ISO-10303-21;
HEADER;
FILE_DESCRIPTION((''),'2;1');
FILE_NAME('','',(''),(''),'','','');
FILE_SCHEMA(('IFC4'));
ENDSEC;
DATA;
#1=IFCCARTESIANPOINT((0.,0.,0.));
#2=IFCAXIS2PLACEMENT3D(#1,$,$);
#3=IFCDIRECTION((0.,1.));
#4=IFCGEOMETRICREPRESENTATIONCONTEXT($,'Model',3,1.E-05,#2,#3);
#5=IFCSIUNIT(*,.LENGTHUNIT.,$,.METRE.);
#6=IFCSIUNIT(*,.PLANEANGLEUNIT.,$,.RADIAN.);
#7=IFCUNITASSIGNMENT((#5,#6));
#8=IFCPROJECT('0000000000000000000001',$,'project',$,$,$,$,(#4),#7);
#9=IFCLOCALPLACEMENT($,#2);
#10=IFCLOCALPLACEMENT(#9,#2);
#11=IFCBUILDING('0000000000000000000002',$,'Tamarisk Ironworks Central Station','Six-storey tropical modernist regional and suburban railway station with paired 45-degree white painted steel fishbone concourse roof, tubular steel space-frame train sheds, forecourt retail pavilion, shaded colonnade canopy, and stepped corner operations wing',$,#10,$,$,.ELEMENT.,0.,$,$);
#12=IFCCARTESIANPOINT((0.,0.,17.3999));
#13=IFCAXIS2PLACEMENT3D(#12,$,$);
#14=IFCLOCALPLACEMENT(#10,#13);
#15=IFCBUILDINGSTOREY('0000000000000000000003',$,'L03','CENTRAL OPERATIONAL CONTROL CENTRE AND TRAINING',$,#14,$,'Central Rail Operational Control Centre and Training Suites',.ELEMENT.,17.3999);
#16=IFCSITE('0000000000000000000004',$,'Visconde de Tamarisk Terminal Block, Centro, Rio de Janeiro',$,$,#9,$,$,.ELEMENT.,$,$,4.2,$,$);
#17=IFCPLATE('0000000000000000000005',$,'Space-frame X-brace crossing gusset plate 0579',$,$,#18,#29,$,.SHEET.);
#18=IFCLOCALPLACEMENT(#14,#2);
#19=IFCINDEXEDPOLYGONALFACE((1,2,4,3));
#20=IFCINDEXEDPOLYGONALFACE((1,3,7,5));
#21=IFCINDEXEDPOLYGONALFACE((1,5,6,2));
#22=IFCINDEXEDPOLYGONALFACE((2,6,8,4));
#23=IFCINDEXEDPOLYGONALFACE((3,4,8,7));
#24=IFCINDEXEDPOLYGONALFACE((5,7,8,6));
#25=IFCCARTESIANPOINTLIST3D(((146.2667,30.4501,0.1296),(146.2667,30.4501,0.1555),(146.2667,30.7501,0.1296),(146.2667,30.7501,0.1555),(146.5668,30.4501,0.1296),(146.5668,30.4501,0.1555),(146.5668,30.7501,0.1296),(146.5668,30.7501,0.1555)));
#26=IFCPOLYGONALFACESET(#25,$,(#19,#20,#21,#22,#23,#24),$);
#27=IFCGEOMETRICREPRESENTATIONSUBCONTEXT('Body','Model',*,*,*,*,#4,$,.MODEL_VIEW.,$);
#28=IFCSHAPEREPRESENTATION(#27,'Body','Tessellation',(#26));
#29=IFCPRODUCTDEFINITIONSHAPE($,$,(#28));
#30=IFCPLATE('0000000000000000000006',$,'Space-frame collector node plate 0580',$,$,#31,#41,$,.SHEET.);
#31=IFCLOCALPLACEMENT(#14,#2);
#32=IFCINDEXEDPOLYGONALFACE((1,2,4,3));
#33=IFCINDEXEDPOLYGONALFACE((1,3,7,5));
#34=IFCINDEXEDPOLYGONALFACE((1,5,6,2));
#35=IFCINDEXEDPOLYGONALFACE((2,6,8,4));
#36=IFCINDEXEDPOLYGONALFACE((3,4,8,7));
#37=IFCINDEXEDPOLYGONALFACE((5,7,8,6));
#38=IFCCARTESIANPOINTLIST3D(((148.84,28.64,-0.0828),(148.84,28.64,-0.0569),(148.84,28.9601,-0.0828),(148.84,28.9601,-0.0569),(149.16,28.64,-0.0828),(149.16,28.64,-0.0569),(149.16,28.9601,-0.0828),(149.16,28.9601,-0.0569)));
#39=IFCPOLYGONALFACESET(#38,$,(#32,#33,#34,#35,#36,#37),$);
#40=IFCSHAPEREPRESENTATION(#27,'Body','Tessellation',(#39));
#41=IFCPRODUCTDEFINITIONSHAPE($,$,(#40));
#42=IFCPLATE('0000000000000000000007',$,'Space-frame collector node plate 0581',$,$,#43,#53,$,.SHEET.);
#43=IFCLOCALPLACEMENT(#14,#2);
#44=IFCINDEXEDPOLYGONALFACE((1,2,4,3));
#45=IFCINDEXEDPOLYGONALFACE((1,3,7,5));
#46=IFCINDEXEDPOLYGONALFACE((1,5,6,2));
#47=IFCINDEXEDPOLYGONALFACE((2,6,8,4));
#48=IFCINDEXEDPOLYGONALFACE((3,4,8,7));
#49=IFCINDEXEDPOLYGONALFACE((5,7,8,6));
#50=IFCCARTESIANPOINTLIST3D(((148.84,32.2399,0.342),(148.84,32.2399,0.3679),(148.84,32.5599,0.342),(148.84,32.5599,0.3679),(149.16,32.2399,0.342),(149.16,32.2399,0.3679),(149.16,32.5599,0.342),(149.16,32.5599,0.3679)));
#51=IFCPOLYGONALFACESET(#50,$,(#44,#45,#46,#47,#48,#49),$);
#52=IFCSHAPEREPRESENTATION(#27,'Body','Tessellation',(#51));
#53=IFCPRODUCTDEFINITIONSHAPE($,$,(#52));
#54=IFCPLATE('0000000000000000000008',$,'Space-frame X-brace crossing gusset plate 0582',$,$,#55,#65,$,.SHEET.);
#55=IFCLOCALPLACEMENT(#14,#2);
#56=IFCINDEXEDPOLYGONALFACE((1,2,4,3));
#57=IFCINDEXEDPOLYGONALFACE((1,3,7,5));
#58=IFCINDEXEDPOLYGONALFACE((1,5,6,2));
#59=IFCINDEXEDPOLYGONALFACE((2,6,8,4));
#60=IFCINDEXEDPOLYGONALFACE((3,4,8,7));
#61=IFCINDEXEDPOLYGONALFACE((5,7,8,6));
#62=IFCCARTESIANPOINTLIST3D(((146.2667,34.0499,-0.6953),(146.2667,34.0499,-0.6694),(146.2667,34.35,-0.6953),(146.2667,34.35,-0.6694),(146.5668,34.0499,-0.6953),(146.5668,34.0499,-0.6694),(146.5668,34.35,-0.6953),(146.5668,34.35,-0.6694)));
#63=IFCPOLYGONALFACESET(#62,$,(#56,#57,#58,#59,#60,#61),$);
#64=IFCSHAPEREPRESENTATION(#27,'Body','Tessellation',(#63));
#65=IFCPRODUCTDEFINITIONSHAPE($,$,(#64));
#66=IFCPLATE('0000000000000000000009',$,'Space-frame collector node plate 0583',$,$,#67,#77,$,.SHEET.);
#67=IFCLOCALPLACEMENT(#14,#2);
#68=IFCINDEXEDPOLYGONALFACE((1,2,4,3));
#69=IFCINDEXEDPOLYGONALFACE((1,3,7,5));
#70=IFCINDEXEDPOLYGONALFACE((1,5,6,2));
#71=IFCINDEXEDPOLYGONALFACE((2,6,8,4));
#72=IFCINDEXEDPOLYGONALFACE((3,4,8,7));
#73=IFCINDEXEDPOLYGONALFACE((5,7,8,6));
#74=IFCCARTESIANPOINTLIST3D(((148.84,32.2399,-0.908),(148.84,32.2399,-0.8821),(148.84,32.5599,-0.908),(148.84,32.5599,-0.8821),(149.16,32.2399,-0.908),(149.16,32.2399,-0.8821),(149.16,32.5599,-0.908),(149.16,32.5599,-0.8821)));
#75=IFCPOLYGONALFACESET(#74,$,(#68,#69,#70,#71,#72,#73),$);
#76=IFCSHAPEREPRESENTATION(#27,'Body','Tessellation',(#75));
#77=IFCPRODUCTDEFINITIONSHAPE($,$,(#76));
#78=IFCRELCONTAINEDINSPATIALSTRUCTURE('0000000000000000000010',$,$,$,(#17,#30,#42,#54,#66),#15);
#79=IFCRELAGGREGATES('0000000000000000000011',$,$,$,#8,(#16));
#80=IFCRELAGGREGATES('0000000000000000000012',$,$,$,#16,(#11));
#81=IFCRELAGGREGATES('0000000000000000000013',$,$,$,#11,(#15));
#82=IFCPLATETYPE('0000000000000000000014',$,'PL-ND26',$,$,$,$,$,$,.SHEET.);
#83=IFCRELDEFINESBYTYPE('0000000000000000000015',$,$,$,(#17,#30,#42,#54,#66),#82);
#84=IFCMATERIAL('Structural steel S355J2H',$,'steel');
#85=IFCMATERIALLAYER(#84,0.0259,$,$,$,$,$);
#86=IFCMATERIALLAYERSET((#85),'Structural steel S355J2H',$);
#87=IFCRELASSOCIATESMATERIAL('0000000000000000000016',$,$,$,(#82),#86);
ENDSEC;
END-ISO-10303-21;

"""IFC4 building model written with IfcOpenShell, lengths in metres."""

from ifc_helpers import new_model, si_unit, direction, frame, origin, origin_2d, place, context, subcontext, project, spatial, rectangle, extrude, material, layer, layer_set, type_object, element, save


model = new_model("IFC4")

# Units and contexts
model_context = context("Model", 3, precision=1e-05, world=origin(), true_north=direction((0.0, 1.0)))
body_context = subcontext(model_context, "Body", "Model", "MODEL_VIEW")
ifc_project = project(units=[si_unit("LENGTHUNIT", "METRE"), si_unit("PLANEANGLEUNIT", "RADIAN")], contexts=[model_context])

# Site, building, storey
site_placement = place(None, origin())
site = spatial("IfcSite", under=ifc_project, at=site_placement, Name="Visconde de Tamarisk Terminal Block, Centro, Rio de Janeiro", CompositionType="ELEMENT", RefElevation=4.2)
building_placement = place(site_placement, origin())
building = spatial("IfcBuilding", under=site, at=building_placement, Name="Tamarisk Ironworks Central Station", Description="Six-storey tropical modernist regional and suburban railway station with paired 45-degree white painted steel fishbone concourse roof, tubular steel space-frame train sheds, forecourt retail pavilion, shaded colonnade canopy, and stepped corner operations wing", CompositionType="ELEMENT", ElevationOfRefHeight=0.0)
storey_placement = place(building_placement, frame((0.0, 0.0, 17.3999)))
storey = spatial("IfcBuildingStorey", under=building, at=storey_placement, Name="L03", Description="CENTRAL OPERATIONAL CONTROL CENTRE AND TRAINING", LongName="Central Rail Operational Control Centre and Training Suites", CompositionType="ELEMENT", Elevation=17.3999)

# Shared definitions
ifc_material = material(Name="Structural steel S355J2H", Category="steel")

# Plates
ifc_layer = layer(ifc_material, 0.0259)
ifc_layer_set = layer_set([ifc_layer], Name="Structural steel S355J2H")
plate_type = type_object("IfcPlateType", Name="PL-ND26", PredefinedType="SHEET", material=ifc_layer_set)
plate_1_placement = place(storey_placement, frame((146.4167, 30.6001, 0.1296), z_axis=(0.0, 0.0, 1.0), x_axis=(1.0, 0.0, 0.0)))
element("IfcPlate", 1, at=plate_1_placement, inside=storey, type_object=plate_type, Name="Space-frame X-brace crossing gusset plate 0579", PredefinedType="SHEET", context=body_context, shape_type="SweptSolid", body=[
    extrude(rectangle(XDim=0.3, YDim=0.3, at=origin_2d()), origin(), (0.0, 0.0, 1.0), 0.0259),
])
for number, where, z_axis, x_axis, name in (
    (2, (149.0, 28.8, -0.0828), (0.0, 0.0, 1.0), (1.0, 0.0, 0.0), "Space-frame collector node plate 0580"),
    (3, (149.0, 32.3999, 0.342), (0.0, 0.0, 1.0), (1.0, 0.0, 0.0), "Space-frame collector node plate 0581"),
):
    element("IfcPlate", number, at=place(storey_placement, frame(where, z_axis=z_axis, x_axis=x_axis)), inside=storey, type_object=plate_type, Name=name, PredefinedType="SHEET", context=body_context, shape_type="SweptSolid", body=[
        extrude(rectangle(XDim=0.3201, YDim=0.3201, at=origin_2d()), origin(), (0.0, 0.0, 1.0), 0.0259),
    ])
plate_2_placement = place(storey_placement, frame((146.4167, 34.2, -0.6953), z_axis=(0.0, 0.0, 1.0), x_axis=(1.0, 0.0, 0.0)))
element("IfcPlate", 4, at=plate_2_placement, inside=storey, type_object=plate_type, Name="Space-frame X-brace crossing gusset plate 0582", PredefinedType="SHEET", context=body_context, shape_type="SweptSolid", body=[
    extrude(rectangle(XDim=0.3, YDim=0.3, at=origin_2d()), origin(), (0.0, 0.0, 1.0), 0.0259),
])
plate_3_placement = place(storey_placement, frame((149.0, 32.3999, -0.908), z_axis=(0.0, 0.0, 1.0), x_axis=(1.0, 0.0, 0.0)))
element("IfcPlate", 5, at=plate_3_placement, inside=storey, type_object=plate_type, Name="Space-frame collector node plate 0583", PredefinedType="SHEET", context=body_context, shape_type="SweptSolid", body=[
    extrude(rectangle(XDim=0.3201, YDim=0.3201, at=origin_2d()), origin(), (0.0, 0.0, 1.0), 0.0259),
])

save(model, "model.ifc")
